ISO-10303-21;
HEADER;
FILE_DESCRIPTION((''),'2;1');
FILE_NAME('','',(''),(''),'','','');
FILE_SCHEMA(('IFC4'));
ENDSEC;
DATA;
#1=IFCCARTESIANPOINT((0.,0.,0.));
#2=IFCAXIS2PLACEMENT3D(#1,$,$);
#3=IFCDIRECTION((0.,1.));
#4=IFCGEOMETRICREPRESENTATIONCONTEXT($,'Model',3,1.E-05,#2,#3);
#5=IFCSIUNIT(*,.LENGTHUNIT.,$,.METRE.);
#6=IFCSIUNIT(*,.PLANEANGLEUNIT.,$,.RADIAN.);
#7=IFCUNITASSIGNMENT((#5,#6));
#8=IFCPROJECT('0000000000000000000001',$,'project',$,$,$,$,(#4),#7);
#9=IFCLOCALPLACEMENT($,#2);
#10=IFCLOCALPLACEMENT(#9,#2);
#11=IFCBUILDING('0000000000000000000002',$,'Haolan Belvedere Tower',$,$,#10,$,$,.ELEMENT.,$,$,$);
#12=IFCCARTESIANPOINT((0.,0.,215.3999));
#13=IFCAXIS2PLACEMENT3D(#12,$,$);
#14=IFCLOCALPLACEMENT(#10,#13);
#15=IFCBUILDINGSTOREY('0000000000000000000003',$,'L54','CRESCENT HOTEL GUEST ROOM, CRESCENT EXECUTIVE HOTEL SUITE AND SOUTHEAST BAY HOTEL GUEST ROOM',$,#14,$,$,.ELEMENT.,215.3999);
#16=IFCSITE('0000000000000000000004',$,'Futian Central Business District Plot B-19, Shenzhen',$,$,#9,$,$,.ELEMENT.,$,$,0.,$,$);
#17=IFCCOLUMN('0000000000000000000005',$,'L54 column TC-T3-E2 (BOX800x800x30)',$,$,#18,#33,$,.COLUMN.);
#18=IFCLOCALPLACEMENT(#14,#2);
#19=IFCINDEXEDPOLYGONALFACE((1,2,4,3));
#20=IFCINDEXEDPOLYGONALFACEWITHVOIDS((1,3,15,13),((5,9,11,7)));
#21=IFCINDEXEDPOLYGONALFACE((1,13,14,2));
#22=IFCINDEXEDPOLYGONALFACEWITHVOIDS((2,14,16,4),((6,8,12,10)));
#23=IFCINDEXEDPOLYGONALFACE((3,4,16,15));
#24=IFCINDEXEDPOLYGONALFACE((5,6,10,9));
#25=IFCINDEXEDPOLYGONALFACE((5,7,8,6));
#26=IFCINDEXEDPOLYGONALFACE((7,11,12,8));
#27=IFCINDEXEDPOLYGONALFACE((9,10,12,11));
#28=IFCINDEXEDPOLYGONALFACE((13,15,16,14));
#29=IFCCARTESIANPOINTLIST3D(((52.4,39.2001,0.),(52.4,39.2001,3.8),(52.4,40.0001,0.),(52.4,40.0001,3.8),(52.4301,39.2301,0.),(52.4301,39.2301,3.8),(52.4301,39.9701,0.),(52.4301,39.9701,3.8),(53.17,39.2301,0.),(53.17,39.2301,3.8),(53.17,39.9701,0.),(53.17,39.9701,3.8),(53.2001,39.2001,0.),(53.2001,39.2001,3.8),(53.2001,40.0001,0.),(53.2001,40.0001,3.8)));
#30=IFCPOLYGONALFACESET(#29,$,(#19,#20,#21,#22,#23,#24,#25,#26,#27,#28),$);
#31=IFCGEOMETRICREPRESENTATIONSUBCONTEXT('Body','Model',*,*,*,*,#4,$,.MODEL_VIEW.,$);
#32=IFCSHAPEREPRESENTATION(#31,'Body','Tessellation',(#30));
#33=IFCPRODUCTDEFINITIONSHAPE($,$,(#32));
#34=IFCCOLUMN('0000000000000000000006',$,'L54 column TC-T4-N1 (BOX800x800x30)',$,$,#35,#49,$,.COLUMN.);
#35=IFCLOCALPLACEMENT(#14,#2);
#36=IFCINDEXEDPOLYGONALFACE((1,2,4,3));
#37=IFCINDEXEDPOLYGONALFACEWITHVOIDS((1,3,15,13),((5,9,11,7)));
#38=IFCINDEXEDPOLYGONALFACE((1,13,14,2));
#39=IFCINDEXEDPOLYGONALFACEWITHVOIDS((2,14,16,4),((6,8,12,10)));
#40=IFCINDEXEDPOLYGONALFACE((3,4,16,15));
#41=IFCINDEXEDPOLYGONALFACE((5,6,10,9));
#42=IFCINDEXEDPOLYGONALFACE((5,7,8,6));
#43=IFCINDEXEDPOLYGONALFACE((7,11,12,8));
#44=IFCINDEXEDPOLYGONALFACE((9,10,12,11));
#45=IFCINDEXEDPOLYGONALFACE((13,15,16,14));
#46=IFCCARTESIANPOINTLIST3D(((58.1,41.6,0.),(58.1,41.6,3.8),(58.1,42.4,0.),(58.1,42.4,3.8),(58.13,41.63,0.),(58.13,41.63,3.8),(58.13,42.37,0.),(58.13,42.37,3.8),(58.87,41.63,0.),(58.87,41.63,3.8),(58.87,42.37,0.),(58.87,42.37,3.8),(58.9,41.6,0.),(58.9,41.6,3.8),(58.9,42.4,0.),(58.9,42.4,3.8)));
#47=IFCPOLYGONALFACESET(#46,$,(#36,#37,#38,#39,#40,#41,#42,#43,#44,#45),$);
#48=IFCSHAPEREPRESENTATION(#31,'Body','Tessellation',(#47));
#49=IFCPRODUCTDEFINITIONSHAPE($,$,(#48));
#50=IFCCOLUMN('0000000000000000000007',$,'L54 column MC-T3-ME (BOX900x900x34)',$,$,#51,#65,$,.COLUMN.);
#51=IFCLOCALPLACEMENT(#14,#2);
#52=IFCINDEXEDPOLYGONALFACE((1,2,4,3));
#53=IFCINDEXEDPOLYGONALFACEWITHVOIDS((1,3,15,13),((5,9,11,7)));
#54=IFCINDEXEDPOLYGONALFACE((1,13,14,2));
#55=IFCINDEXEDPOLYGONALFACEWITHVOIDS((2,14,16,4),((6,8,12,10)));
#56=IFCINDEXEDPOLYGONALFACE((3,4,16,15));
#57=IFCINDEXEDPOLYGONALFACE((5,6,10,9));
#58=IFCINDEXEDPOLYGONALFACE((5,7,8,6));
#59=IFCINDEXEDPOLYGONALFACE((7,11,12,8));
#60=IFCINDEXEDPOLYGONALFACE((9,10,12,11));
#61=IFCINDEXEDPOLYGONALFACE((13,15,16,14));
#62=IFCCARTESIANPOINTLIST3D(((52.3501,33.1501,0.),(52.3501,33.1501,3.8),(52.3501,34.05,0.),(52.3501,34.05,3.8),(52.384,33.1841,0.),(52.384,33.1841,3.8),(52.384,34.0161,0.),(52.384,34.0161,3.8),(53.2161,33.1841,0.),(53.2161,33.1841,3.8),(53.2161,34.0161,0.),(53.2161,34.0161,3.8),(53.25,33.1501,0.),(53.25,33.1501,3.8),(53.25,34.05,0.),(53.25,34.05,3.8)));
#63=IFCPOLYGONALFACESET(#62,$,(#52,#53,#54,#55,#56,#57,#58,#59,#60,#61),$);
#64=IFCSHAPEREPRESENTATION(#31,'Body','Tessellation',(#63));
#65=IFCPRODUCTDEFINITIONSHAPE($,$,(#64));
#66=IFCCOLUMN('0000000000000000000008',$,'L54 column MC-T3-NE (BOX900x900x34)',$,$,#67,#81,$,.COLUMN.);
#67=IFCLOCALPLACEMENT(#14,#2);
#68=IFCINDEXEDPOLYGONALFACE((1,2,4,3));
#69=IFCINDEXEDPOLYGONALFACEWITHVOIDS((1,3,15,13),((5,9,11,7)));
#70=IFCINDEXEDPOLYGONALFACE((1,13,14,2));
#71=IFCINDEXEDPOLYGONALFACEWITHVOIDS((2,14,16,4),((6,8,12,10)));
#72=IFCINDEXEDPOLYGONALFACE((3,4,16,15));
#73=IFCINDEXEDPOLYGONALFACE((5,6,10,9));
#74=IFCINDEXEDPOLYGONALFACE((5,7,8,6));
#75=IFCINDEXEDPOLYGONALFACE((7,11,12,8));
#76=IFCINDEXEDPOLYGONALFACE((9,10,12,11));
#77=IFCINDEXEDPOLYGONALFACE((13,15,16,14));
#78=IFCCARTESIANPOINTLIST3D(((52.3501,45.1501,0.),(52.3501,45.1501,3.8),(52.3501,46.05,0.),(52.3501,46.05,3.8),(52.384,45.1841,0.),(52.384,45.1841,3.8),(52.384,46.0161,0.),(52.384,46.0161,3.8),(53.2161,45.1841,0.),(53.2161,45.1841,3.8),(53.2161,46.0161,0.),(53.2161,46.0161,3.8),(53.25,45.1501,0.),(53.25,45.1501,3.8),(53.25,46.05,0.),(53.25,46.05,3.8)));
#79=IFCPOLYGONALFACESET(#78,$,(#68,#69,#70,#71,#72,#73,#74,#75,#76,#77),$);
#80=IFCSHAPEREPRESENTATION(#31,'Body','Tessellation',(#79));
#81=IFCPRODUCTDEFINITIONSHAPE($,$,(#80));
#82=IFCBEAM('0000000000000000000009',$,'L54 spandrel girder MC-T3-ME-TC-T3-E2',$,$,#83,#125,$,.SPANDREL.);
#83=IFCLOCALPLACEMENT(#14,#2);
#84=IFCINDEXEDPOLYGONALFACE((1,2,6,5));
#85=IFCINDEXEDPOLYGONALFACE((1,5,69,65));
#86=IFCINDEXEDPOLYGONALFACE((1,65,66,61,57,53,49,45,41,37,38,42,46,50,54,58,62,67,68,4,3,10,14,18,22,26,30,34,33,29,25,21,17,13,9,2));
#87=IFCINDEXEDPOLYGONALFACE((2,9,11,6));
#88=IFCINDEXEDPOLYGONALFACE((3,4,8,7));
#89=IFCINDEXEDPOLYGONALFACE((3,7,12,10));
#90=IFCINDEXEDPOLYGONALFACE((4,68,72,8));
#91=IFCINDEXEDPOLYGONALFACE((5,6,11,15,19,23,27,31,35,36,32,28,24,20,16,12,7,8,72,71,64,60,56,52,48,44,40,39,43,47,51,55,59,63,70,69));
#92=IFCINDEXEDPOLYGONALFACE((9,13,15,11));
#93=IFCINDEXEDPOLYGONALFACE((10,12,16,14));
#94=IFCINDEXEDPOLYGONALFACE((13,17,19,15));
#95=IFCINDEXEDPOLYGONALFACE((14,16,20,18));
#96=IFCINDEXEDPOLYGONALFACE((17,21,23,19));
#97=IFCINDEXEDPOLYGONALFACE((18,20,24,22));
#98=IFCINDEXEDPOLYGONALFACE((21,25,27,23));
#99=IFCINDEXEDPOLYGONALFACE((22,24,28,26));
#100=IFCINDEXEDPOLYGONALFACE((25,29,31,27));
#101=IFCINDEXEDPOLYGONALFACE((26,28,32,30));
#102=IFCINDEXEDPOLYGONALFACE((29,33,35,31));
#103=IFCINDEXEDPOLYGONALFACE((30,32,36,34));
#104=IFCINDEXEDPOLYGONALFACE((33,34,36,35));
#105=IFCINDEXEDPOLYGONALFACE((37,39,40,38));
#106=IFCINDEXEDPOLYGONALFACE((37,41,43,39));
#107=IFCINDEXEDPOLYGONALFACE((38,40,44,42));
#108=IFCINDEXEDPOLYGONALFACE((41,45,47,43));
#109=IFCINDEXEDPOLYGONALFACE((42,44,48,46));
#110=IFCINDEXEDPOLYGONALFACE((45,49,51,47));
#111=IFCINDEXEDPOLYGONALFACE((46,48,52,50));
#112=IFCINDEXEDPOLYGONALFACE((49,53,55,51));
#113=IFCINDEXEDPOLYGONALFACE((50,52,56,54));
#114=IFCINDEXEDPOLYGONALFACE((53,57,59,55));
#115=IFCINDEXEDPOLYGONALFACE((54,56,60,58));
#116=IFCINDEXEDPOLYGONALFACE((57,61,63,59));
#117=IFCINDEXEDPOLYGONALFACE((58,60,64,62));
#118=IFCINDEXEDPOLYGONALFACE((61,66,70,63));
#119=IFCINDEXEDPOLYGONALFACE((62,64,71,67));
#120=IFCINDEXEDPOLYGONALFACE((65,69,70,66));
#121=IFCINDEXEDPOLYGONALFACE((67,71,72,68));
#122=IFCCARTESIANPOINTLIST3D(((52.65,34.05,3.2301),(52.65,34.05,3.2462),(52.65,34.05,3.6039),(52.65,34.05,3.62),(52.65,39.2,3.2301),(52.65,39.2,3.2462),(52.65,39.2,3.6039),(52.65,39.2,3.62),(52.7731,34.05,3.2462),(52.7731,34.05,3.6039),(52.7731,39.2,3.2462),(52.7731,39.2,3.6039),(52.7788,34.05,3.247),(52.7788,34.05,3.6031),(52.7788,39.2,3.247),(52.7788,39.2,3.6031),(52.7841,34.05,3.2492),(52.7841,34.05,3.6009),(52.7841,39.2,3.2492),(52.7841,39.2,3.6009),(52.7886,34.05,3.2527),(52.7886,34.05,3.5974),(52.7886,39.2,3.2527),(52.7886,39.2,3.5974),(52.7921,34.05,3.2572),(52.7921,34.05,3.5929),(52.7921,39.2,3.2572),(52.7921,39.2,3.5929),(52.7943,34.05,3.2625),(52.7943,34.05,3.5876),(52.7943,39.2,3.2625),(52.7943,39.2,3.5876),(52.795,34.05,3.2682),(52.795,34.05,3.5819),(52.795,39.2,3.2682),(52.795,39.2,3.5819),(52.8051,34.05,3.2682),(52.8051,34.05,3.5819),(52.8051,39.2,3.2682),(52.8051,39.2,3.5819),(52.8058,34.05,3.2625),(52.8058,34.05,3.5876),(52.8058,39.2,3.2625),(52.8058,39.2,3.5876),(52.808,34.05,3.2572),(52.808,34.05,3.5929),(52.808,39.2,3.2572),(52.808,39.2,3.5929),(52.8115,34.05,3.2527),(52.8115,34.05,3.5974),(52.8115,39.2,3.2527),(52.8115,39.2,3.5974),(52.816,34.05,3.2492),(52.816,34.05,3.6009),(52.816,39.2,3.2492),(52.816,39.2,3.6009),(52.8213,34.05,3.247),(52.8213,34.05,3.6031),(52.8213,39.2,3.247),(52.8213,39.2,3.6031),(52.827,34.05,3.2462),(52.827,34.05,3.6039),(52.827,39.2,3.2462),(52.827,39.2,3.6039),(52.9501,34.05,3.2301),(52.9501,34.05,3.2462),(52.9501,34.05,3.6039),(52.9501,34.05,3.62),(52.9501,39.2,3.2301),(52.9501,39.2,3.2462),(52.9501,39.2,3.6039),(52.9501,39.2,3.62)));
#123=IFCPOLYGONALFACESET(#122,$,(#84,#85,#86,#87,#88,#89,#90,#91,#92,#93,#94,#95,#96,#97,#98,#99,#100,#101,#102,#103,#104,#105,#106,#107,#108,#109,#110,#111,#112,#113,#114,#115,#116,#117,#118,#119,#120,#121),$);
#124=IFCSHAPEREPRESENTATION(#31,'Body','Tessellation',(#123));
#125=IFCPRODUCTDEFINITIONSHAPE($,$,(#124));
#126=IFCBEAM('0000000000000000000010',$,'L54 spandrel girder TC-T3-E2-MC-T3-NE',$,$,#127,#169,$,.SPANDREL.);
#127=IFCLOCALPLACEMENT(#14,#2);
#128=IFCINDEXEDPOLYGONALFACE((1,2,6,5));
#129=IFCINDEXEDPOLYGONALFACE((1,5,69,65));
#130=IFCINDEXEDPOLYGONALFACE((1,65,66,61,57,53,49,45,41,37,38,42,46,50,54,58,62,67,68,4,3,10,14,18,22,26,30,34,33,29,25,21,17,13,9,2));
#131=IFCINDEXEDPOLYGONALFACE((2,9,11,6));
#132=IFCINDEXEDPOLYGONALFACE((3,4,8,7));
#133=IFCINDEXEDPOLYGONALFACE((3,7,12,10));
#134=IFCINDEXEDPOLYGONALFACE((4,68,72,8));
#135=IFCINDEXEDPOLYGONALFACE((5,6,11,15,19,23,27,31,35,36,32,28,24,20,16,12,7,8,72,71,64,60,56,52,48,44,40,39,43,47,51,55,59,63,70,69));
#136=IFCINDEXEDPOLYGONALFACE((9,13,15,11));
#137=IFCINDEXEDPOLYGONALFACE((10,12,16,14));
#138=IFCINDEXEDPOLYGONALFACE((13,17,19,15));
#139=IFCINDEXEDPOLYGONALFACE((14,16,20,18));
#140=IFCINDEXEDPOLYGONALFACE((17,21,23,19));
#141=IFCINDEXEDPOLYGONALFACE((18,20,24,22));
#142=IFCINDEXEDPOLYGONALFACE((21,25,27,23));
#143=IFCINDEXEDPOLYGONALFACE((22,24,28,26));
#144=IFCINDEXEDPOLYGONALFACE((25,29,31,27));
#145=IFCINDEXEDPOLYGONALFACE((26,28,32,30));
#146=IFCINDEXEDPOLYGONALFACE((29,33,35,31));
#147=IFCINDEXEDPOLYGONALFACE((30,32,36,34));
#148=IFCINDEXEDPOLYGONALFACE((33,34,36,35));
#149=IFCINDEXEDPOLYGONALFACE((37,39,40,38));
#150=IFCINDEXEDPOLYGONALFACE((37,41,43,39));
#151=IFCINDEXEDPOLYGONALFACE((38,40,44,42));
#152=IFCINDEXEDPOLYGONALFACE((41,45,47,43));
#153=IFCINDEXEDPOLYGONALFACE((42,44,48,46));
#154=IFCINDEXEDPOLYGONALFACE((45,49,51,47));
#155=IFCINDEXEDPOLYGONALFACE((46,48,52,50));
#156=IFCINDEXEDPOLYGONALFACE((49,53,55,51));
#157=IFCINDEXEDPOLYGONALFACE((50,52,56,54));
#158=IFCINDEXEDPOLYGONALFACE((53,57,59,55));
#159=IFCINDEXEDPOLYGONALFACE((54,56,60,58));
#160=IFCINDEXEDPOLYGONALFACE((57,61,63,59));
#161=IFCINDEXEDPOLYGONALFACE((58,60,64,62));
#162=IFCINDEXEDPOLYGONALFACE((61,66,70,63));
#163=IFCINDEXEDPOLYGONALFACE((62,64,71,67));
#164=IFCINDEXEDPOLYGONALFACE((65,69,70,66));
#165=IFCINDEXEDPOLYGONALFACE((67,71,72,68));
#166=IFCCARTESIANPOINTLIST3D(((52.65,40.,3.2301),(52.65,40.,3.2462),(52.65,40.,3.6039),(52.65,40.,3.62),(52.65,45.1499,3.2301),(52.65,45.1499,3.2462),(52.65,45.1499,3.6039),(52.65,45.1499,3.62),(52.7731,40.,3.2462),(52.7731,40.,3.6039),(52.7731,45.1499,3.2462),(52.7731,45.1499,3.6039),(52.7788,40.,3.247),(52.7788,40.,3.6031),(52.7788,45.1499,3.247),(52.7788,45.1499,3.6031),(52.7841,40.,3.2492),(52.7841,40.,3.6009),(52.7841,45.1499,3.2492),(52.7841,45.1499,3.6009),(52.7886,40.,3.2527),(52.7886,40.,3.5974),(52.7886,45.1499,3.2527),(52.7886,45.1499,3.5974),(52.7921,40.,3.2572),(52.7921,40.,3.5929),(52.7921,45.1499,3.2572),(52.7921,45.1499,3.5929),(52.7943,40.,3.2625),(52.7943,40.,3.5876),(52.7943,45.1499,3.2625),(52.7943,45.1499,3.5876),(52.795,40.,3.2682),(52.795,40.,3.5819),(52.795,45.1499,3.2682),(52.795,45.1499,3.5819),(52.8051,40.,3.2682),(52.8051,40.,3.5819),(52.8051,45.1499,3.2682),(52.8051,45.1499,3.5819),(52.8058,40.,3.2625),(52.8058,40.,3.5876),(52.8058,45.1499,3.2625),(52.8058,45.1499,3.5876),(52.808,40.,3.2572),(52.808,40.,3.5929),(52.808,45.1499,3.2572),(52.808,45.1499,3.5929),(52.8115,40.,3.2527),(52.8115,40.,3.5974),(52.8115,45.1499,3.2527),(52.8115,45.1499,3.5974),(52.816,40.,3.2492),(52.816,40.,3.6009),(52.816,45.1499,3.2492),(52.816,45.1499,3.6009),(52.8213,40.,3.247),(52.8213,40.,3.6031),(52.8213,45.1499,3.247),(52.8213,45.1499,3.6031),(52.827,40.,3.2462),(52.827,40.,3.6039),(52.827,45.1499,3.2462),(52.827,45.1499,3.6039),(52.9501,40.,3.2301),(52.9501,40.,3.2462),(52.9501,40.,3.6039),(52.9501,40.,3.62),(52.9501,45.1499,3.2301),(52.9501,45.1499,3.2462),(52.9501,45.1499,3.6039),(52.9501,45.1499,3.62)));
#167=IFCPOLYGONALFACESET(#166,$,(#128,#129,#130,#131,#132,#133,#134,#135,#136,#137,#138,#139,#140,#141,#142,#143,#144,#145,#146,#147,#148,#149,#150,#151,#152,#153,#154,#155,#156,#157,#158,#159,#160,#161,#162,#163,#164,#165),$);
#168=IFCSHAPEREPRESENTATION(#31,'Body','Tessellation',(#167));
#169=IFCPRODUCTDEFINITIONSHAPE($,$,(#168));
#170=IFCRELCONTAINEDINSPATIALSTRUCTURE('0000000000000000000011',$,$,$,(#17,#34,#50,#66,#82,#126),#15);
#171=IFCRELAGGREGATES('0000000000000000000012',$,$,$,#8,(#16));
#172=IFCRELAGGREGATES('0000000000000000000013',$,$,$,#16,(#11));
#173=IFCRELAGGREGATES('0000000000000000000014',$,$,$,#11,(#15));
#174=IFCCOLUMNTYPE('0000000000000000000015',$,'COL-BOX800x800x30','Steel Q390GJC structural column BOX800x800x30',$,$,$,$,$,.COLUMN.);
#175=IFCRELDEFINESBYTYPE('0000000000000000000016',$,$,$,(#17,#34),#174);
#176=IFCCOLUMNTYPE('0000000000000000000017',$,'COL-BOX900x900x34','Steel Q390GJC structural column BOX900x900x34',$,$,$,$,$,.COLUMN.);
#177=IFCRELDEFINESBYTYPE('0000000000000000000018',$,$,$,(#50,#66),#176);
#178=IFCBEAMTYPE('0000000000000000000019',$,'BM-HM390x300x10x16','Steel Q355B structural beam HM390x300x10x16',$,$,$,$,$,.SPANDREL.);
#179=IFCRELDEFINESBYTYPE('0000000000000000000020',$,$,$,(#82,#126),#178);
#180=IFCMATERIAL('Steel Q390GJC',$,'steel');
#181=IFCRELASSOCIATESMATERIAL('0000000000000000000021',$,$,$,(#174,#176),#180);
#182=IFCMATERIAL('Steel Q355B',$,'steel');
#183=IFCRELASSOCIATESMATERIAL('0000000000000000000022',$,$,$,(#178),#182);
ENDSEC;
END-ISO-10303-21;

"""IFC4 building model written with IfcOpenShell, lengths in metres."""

from ifc_helpers import new_model, si_unit, direction, frame, origin, origin_2d, place, context, subcontext, project, spatial, hollow_rectangle, i_section, extrude, material, material_profile, profile_set, type_object, element, save


model = new_model("IFC4")

# Units and contexts
model_context = context("Model", 3, precision=1e-05, world=origin(), true_north=direction((0.0, 1.0)))
body_context = subcontext(model_context, "Body", "Model", "MODEL_VIEW")
ifc_project = project(units=[si_unit("LENGTHUNIT", "METRE"), si_unit("PLANEANGLEUNIT", "RADIAN")], contexts=[model_context])

# Site, building, storey
site_placement = place(None, origin())
site = spatial("IfcSite", under=ifc_project, at=site_placement, Name="Futian Central Business District Plot B-19, Shenzhen", CompositionType="ELEMENT", RefElevation=0.0)
building_placement = place(site_placement, origin())
building = spatial("IfcBuilding", under=site, at=building_placement, Name="Haolan Belvedere Tower", CompositionType="ELEMENT")
storey_placement = place(building_placement, frame((0.0, 0.0, 215.3999)))
storey = spatial("IfcBuildingStorey", under=building, at=storey_placement, Name="L54", Description="CRESCENT HOTEL GUEST ROOM, CRESCENT EXECUTIVE HOTEL SUITE AND SOUTHEAST BAY HOTEL GUEST ROOM", CompositionType="ELEMENT", Elevation=215.3999)

# Columns
ifc_material_1 = material(Name="Steel Q390GJC", Category="steel")
ifc_material_profile_1 = material_profile(ifc_material_1, hollow_rectangle(XDim=0.8, YDim=0.8, WallThickness=0.03, at=origin_2d()), Name="Steel Q390GJC")
ifc_profile_set_1 = profile_set([ifc_material_profile_1], Name="Steel Q390GJC")
column_type_1 = type_object("IfcColumnType", Name="COL-BOX800x800x30", Description="Steel Q390GJC structural column BOX800x800x30", PredefinedType="COLUMN", material=ifc_profile_set_1)
for number, where, z_axis, x_axis, name in (
    (1, (52.8, 39.6001, 0.0), (0.0, 0.0, 1.0), (1.0, 0.0, 0.0), "L54 column TC-T3-E2 (BOX800x800x30)"),
    (2, (58.5, 42.0, 0.0), (0.0, 0.0, 1.0), (1.0, 0.0, 0.0), "L54 column TC-T4-N1 (BOX800x800x30)"),
):
    element("IfcColumn", number, at=place(storey_placement, frame(where, z_axis=z_axis, x_axis=x_axis)), inside=storey, type_object=column_type_1, Name=name, PredefinedType="COLUMN", context=body_context, shape_type="SweptSolid", body=[
        extrude(hollow_rectangle(XDim=0.8, YDim=0.8, WallThickness=0.03, at=origin_2d()), origin(), (0.0, 0.0, 1.0), 3.8),
    ])
ifc_material_profile_2 = material_profile(ifc_material_1, hollow_rectangle(XDim=0.8999, YDim=0.8999, WallThickness=0.0339, at=origin_2d()), Name="Steel Q390GJC")
ifc_profile_set_2 = profile_set([ifc_material_profile_2], Name="Steel Q390GJC")
column_type_2 = type_object("IfcColumnType", Name="COL-BOX900x900x34", Description="Steel Q390GJC structural column BOX900x900x34", PredefinedType="COLUMN", material=ifc_profile_set_2)
for number, where, z_axis, x_axis, name in (
    (3, (52.8, 33.6001, 0.0), (0.0, 0.0, 1.0), (1.0, 0.0, 0.0), "L54 column MC-T3-ME (BOX900x900x34)"),
    (4, (52.8, 45.6001, 0.0), (0.0, 0.0, 1.0), (1.0, 0.0, 0.0), "L54 column MC-T3-NE (BOX900x900x34)"),
):
    element("IfcColumn", number, at=place(storey_placement, frame(where, z_axis=z_axis, x_axis=x_axis)), inside=storey, type_object=column_type_2, Name=name, PredefinedType="COLUMN", context=body_context, shape_type="SweptSolid", body=[
        extrude(hollow_rectangle(XDim=0.8999, YDim=0.8999, WallThickness=0.0339, at=origin_2d()), origin(), (0.0, 0.0, 1.0), 3.8),
    ])

# Beams
ifc_material_2 = material(Name="Steel Q355B", Category="steel")
ifc_material_profile_3 = material_profile(ifc_material_2, i_section(OverallWidth=0.3, OverallDepth=0.3899, WebThickness=0.01, FlangeThickness=0.0161, FilletRadius=0.022, at=origin_2d()), Name="Steel Q355B")
ifc_profile_set_3 = profile_set([ifc_material_profile_3], Name="Steel Q355B")
beam_type_1 = type_object("IfcBeamType", Name="BM-HM390x300x10x16", Description="Steel Q355B structural beam HM390x300x10x16", PredefinedType="SPANDREL", material=ifc_profile_set_3)
for number, where, z_axis, x_axis, name in (
    (5, (52.8, 34.05, 3.425), (0.0, 1.0, 0.0), (-1.0, 0.0, 0.0), "L54 spandrel girder MC-T3-ME-TC-T3-E2"),
    (6, (52.8, 40.0, 3.425), (0.0, 1.0, 0.0), (-1.0, 0.0, 0.0), "L54 spandrel girder TC-T3-E2-MC-T3-NE"),
):
    element("IfcBeam", number, at=place(storey_placement, frame(where, z_axis=z_axis, x_axis=x_axis)), inside=storey, type_object=beam_type_1, Name=name, PredefinedType="SPANDREL", context=body_context, shape_type="SweptSolid", body=[
        extrude(i_section(OverallWidth=0.3, OverallDepth=0.3899, WebThickness=0.01, FlangeThickness=0.0161, FilletRadius=0.022, at=origin_2d()), origin(), (0.0, 0.0, 1.0), 5.1499),
    ])

save(model, "model.ifc")
